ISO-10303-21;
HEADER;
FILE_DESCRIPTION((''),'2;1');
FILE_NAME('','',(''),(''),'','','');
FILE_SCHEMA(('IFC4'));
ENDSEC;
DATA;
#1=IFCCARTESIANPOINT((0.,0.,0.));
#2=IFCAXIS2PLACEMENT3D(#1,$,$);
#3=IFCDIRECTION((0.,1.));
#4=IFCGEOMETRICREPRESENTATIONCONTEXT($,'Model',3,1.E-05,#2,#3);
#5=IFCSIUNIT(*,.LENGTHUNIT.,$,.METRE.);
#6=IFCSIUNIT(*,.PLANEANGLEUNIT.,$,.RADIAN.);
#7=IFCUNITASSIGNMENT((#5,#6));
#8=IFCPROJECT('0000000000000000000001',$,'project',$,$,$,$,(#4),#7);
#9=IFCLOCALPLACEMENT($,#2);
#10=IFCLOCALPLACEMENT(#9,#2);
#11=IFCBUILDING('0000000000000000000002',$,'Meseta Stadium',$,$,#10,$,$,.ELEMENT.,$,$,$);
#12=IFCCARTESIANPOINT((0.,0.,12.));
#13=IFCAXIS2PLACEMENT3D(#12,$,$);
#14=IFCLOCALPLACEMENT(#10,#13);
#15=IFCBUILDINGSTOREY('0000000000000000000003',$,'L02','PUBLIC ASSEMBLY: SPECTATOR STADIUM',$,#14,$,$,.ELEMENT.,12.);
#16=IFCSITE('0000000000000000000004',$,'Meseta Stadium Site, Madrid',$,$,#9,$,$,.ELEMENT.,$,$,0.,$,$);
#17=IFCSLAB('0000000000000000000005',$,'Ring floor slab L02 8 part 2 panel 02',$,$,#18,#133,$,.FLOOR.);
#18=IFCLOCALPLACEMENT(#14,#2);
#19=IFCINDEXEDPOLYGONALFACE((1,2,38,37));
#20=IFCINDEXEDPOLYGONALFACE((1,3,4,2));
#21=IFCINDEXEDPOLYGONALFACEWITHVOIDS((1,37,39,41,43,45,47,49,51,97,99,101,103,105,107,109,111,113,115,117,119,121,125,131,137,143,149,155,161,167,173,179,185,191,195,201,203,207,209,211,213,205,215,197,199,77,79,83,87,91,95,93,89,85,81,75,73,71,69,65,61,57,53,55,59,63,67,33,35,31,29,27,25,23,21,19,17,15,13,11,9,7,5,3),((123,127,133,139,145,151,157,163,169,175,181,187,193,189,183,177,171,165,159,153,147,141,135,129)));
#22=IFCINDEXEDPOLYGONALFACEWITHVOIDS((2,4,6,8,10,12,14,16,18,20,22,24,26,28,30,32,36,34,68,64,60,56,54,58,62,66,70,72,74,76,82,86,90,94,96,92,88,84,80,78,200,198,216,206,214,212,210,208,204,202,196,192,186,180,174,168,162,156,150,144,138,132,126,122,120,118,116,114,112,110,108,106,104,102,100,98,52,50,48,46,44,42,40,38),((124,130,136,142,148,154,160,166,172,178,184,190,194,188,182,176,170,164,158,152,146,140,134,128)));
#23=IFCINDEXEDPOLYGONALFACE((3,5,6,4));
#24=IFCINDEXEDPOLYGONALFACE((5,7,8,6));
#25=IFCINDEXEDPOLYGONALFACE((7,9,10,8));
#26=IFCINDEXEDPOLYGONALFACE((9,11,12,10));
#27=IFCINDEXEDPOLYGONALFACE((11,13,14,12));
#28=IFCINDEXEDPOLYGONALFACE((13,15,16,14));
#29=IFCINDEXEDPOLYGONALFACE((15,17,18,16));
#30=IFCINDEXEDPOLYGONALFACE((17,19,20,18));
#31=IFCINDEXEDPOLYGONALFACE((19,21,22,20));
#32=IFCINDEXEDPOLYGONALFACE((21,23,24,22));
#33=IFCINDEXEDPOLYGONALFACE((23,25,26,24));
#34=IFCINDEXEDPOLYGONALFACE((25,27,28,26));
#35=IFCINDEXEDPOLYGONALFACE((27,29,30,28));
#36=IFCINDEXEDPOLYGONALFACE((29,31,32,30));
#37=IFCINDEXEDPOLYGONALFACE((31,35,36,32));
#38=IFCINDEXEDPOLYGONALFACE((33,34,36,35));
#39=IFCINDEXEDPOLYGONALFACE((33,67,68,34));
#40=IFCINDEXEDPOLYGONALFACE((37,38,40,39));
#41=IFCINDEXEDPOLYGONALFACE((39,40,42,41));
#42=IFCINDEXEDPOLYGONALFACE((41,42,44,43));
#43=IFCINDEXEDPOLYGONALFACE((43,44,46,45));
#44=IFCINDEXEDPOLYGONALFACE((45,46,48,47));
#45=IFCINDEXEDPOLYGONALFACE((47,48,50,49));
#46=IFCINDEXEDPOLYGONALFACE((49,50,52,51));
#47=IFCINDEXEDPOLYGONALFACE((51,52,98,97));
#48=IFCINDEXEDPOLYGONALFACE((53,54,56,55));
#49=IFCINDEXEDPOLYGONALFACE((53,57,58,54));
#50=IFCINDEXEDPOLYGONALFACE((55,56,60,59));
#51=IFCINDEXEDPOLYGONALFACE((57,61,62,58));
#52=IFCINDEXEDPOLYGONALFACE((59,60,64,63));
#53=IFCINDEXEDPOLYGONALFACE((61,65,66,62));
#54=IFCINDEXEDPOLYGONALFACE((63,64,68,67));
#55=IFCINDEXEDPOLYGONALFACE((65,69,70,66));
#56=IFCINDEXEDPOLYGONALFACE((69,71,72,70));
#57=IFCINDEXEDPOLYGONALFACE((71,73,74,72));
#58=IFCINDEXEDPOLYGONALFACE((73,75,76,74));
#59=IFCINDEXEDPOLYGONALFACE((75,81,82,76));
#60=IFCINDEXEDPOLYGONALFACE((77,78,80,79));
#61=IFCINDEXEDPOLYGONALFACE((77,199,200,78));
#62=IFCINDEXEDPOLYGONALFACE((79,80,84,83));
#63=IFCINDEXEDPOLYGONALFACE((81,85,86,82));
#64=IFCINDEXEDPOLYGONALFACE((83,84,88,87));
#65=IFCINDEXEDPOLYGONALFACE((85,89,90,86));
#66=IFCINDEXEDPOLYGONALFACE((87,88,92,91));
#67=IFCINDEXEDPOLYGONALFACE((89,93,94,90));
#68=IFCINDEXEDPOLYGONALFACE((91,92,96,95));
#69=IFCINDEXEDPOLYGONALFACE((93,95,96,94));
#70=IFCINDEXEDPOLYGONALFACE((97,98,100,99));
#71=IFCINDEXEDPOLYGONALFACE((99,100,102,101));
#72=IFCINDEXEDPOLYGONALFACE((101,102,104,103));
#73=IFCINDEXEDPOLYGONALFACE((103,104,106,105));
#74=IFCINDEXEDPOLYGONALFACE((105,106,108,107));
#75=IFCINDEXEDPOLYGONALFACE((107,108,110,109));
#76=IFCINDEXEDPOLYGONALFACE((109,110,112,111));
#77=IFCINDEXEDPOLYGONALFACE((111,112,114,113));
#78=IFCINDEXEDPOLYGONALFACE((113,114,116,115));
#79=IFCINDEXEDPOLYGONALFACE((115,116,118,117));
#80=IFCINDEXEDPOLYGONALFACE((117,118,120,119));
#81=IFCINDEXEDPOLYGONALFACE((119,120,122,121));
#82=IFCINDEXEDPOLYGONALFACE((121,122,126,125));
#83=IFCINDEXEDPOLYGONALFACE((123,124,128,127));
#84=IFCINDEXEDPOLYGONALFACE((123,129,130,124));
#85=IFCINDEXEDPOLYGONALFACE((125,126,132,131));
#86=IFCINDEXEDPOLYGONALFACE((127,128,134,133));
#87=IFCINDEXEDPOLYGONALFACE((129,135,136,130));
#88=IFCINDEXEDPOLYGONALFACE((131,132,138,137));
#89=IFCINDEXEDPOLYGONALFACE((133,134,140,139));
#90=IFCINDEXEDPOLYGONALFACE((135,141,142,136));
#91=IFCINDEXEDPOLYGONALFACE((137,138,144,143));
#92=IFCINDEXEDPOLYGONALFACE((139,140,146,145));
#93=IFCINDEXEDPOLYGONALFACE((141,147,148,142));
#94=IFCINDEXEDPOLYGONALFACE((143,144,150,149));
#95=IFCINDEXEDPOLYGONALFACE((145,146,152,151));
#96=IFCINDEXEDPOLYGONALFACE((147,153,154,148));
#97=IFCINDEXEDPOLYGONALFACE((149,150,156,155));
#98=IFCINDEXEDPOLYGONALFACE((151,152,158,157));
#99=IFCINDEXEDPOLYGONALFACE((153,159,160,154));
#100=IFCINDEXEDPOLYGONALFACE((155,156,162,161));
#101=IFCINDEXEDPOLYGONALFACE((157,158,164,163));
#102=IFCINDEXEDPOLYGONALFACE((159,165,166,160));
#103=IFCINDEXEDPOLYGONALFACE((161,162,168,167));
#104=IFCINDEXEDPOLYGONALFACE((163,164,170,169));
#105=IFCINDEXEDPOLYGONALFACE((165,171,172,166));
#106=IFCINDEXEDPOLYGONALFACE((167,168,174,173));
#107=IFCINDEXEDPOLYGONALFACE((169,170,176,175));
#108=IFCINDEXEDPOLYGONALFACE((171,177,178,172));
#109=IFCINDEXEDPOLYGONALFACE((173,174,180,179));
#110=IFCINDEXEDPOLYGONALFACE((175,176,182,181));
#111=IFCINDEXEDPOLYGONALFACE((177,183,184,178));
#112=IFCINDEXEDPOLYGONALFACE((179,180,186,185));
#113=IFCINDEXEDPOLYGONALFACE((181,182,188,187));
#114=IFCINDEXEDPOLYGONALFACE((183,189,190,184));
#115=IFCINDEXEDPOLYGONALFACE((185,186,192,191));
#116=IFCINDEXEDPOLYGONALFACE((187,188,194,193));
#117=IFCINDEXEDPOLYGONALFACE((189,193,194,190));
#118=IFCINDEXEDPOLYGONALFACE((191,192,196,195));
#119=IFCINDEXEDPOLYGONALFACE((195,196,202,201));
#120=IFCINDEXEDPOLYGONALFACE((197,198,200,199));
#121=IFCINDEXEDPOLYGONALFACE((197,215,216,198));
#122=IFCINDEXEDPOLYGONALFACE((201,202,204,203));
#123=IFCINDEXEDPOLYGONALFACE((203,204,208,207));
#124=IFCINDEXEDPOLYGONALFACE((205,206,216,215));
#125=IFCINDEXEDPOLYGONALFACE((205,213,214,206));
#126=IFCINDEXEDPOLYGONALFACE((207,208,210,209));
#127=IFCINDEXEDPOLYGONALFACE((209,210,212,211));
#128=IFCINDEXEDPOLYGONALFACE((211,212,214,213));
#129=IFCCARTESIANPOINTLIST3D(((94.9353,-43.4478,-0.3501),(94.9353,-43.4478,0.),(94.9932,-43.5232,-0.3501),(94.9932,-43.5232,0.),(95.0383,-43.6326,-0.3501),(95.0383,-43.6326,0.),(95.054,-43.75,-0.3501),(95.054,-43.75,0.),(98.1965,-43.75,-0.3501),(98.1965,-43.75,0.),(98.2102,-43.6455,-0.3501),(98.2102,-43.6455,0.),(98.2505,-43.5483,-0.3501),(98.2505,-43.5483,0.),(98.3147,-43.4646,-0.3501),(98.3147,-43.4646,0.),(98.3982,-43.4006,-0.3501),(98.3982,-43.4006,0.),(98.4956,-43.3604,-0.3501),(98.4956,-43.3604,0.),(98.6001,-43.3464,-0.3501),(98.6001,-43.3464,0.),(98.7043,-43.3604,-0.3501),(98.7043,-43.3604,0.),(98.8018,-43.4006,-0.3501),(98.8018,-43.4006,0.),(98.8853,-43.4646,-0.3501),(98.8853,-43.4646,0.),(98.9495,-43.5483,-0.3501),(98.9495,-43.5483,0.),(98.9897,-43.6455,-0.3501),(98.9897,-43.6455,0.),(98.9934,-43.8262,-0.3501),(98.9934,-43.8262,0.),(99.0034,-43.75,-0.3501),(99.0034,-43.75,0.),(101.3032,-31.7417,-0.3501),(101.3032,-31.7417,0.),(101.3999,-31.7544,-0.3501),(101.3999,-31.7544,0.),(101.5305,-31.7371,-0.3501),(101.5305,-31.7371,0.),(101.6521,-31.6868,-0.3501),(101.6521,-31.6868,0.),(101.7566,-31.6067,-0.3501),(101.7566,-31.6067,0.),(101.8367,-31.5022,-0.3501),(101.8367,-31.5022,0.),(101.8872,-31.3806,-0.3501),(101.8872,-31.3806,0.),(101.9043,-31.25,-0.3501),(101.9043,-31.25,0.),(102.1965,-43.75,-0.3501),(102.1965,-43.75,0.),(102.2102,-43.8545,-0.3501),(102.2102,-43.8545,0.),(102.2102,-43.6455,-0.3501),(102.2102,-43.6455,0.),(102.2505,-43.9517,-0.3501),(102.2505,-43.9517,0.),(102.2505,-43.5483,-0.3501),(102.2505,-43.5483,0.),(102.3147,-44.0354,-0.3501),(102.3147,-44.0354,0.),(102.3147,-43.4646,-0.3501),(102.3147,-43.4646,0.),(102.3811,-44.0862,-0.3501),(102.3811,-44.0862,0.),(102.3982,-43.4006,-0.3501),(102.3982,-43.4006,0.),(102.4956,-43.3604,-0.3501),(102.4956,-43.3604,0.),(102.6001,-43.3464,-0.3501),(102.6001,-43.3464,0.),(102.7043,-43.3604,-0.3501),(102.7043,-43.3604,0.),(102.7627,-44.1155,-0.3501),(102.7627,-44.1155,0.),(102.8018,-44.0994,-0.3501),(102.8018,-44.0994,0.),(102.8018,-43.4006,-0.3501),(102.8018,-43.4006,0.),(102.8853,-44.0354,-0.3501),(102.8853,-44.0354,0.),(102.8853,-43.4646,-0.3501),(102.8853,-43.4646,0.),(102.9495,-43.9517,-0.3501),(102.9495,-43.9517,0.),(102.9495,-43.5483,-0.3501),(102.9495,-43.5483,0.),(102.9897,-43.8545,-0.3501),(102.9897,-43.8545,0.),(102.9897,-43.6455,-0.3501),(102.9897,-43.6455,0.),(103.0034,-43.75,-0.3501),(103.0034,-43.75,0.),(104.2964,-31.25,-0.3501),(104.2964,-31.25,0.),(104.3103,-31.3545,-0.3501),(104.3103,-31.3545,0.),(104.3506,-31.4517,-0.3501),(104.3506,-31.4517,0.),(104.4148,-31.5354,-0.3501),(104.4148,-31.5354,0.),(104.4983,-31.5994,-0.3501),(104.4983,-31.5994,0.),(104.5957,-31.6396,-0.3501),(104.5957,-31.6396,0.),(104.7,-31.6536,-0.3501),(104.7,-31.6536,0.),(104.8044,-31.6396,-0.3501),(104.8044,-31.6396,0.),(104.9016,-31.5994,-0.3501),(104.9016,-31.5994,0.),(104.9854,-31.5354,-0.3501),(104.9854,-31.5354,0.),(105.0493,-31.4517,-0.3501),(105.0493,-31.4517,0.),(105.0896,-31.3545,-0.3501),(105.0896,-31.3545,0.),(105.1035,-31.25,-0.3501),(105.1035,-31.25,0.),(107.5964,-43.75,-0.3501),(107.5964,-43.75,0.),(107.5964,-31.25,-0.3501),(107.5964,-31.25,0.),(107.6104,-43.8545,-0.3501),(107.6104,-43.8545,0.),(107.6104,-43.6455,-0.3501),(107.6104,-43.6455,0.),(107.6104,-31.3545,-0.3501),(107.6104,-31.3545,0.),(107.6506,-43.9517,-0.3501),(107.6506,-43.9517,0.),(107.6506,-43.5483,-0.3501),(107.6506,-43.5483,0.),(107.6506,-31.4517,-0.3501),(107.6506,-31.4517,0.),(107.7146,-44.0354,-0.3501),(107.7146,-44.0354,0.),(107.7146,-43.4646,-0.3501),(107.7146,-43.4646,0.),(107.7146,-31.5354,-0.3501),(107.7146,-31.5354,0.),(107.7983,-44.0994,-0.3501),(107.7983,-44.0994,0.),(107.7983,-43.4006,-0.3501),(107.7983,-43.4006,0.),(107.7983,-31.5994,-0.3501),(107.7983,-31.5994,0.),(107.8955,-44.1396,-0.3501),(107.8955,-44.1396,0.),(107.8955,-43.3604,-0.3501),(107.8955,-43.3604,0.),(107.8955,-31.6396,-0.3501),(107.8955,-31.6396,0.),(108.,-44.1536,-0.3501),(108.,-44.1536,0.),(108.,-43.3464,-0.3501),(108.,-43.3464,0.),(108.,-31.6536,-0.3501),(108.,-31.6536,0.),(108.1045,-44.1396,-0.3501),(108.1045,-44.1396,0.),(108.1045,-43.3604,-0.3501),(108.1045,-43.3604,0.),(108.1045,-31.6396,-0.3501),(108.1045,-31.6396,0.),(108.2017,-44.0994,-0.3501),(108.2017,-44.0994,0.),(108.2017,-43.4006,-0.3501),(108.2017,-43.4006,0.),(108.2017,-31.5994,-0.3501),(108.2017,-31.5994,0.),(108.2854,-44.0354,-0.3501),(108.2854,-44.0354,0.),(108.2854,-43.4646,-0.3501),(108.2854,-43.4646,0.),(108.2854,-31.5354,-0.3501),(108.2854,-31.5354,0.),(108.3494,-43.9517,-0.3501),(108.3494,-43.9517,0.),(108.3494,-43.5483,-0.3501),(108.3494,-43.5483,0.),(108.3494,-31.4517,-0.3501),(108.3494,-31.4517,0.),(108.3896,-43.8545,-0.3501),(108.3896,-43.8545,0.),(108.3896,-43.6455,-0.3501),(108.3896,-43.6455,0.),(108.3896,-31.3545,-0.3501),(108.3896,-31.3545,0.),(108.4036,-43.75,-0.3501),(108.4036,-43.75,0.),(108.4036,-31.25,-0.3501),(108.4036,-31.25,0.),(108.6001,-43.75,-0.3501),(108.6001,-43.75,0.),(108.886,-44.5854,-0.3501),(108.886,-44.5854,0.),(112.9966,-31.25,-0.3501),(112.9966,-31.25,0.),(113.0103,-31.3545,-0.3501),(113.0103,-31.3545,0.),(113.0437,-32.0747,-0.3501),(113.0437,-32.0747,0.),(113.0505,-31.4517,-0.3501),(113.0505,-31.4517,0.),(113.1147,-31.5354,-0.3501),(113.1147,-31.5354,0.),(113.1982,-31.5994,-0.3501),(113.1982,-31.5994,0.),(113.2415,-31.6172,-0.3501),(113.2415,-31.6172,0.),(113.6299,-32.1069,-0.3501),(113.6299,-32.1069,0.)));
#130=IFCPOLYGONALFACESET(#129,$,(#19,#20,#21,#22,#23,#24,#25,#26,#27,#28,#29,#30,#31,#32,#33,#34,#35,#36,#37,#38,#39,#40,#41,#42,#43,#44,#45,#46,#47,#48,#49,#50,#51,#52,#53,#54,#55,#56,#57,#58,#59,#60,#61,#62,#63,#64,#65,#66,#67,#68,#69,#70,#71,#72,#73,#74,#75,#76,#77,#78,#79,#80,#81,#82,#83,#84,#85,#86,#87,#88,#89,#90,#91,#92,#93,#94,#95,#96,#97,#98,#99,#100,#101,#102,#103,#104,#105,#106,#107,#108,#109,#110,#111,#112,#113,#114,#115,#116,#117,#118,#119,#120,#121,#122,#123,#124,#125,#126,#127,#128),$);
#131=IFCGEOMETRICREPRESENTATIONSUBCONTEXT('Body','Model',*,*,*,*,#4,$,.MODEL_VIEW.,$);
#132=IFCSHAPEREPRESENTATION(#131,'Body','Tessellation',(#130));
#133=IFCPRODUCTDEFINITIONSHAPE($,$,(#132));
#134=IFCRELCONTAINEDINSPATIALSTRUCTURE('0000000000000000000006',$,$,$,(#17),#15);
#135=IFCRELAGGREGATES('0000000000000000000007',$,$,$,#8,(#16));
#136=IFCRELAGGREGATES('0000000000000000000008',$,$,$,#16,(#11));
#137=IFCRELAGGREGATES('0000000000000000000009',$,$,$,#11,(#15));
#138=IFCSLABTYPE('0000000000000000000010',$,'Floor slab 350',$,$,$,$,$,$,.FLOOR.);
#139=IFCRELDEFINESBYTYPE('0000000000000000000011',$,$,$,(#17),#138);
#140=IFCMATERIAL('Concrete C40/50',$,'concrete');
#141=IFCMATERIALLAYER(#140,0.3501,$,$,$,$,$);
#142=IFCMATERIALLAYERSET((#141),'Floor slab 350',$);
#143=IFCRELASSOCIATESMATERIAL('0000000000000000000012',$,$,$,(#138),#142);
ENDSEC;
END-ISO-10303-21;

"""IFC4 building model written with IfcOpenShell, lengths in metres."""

from ifc_helpers import new_model, si_unit, direction, frame, origin, place, context, subcontext, project, spatial, polyline, outline, extrude, material, layer, layer_set, type_object, element, save


model = new_model("IFC4")

# Units and contexts
model_context = context("Model", 3, precision=1e-05, world=origin(), true_north=direction((0.0, 1.0)))
body_context = subcontext(model_context, "Body", "Model", "MODEL_VIEW")
ifc_project = project(units=[si_unit("LENGTHUNIT", "METRE"), si_unit("PLANEANGLEUNIT", "RADIAN")], contexts=[model_context])

# Site, building, storey
site_placement = place(None, origin())
site = spatial("IfcSite", under=ifc_project, at=site_placement, Name="Meseta Stadium Site, Madrid", CompositionType="ELEMENT", RefElevation=0.0)
building_placement = place(site_placement, origin())
building = spatial("IfcBuilding", under=site, at=building_placement, Name="Meseta Stadium", CompositionType="ELEMENT")
storey_placement = place(building_placement, frame((0.0, 0.0, 12.0)))
storey = spatial("IfcBuildingStorey", under=building, at=storey_placement, Name="L02", Description="PUBLIC ASSEMBLY: SPECTATOR STADIUM", CompositionType="ELEMENT", Elevation=12.0)

# Slab
ifc_material_1 = material(Name="Concrete C40/50", Category="concrete")
ifc_layer_1 = layer(ifc_material_1, 0.3501)
ifc_layer_set_1 = layer_set([ifc_layer_1], Name="Floor slab 350")
slab_type_1 = type_object("IfcSlabType", Name="Floor slab 350", PredefinedType="FLOOR", material=ifc_layer_set_1)
slab_1_placement = place(storey_placement, frame((0.0, 0.0, -0.3501)))
element("IfcSlab", 1, at=slab_1_placement, inside=storey, type_object=slab_type_1, Name="Ring floor slab L02 8 part 2 panel 02", PredefinedType="FLOOR", context=body_context, shape_type="SweptSolid", body=[
    extrude(outline(polyline([(104.8044, -31.6396), (104.7, -31.6536), (104.5957, -31.6396), (104.4983, -31.5994), (104.4148, -31.5354), (104.3506, -31.4517), (104.3103, -31.3545), (104.2964, -31.25), (101.9043, -31.25), (101.8872, -31.3806), (101.8367, -31.5022), (101.7566, -31.6067), (101.6521, -31.6868), (101.5305, -31.7371), (101.3999, -31.7544), (101.3032, -31.7417), (94.9353, -43.4478), (94.9932, -43.5232), (95.0383, -43.6326), (95.054, -43.75), (98.1965, -43.75), (98.2102, -43.6455), (98.2505, -43.5483), (98.3147, -43.4646), (98.3982, -43.4006), (98.4956, -43.3604), (98.6001, -43.3464), (98.7043, -43.3604), (98.8018, -43.4006), (98.8853, -43.4646), (98.9495, -43.5483), (98.9897, -43.6455), (99.0034, -43.75), (98.9934, -43.8262), (102.3811, -44.0862), (102.3147, -44.0354), (102.2505, -43.9517), (102.2102, -43.8545), (102.1965, -43.75), (102.2102, -43.6455), (102.2505, -43.5483), (102.3147, -43.4646), (102.3982, -43.4006), (102.4956, -43.3604), (102.6001, -43.3464), (102.7043, -43.3604), (102.8018, -43.4006), (102.8853, -43.4646), (102.9495, -43.5483), (102.9897, -43.6455), (103.0034, -43.75), (102.9897, -43.8545), (102.9495, -43.9517), (102.8853, -44.0354), (102.8018, -44.0994), (102.7627, -44.1155), (108.886, -44.5854), (108.6001, -43.75), (113.6299, -32.1069), (113.0437, -32.0747), (113.2415, -31.6172), (113.1982, -31.5994), (113.1147, -31.5354), (113.0505, -31.4517), (113.0103, -31.3545), (112.9966, -31.25), (108.4036, -31.25), (108.3896, -31.3545), (108.3494, -31.4517), (108.2854, -31.5354), (108.2017, -31.5994), (108.1045, -31.6396), (108.0, -31.6536), (107.8955, -31.6396), (107.7983, -31.5994), (107.7146, -31.5354), (107.6506, -31.4517), (107.6104, -31.3545), (107.5964, -31.25), (105.1035, -31.25), (105.0896, -31.3545), (105.0493, -31.4517), (104.9854, -31.5354), (104.9016, -31.5994), (104.8044, -31.6396)]), holes=[polyline([(108.0, -43.3464), (108.1045, -43.3604), (108.2017, -43.4006), (108.2854, -43.4646), (108.3494, -43.5483), (108.3896, -43.6455), (108.4036, -43.75), (108.3896, -43.8545), (108.3494, -43.9517), (108.2854, -44.0354), (108.2017, -44.0994), (108.1045, -44.1396), (108.0, -44.1536), (107.8955, -44.1396), (107.7983, -44.0994), (107.7146, -44.0354), (107.6506, -43.9517), (107.6104, -43.8545), (107.5964, -43.75), (107.6104, -43.6455), (107.6506, -43.5483), (107.7146, -43.4646), (107.7983, -43.4006), (107.8955, -43.3604), (108.0, -43.3464)])]), origin(), (0.0, 0.0, 1.0), 0.3501),
])

save(model, "model.ifc")
